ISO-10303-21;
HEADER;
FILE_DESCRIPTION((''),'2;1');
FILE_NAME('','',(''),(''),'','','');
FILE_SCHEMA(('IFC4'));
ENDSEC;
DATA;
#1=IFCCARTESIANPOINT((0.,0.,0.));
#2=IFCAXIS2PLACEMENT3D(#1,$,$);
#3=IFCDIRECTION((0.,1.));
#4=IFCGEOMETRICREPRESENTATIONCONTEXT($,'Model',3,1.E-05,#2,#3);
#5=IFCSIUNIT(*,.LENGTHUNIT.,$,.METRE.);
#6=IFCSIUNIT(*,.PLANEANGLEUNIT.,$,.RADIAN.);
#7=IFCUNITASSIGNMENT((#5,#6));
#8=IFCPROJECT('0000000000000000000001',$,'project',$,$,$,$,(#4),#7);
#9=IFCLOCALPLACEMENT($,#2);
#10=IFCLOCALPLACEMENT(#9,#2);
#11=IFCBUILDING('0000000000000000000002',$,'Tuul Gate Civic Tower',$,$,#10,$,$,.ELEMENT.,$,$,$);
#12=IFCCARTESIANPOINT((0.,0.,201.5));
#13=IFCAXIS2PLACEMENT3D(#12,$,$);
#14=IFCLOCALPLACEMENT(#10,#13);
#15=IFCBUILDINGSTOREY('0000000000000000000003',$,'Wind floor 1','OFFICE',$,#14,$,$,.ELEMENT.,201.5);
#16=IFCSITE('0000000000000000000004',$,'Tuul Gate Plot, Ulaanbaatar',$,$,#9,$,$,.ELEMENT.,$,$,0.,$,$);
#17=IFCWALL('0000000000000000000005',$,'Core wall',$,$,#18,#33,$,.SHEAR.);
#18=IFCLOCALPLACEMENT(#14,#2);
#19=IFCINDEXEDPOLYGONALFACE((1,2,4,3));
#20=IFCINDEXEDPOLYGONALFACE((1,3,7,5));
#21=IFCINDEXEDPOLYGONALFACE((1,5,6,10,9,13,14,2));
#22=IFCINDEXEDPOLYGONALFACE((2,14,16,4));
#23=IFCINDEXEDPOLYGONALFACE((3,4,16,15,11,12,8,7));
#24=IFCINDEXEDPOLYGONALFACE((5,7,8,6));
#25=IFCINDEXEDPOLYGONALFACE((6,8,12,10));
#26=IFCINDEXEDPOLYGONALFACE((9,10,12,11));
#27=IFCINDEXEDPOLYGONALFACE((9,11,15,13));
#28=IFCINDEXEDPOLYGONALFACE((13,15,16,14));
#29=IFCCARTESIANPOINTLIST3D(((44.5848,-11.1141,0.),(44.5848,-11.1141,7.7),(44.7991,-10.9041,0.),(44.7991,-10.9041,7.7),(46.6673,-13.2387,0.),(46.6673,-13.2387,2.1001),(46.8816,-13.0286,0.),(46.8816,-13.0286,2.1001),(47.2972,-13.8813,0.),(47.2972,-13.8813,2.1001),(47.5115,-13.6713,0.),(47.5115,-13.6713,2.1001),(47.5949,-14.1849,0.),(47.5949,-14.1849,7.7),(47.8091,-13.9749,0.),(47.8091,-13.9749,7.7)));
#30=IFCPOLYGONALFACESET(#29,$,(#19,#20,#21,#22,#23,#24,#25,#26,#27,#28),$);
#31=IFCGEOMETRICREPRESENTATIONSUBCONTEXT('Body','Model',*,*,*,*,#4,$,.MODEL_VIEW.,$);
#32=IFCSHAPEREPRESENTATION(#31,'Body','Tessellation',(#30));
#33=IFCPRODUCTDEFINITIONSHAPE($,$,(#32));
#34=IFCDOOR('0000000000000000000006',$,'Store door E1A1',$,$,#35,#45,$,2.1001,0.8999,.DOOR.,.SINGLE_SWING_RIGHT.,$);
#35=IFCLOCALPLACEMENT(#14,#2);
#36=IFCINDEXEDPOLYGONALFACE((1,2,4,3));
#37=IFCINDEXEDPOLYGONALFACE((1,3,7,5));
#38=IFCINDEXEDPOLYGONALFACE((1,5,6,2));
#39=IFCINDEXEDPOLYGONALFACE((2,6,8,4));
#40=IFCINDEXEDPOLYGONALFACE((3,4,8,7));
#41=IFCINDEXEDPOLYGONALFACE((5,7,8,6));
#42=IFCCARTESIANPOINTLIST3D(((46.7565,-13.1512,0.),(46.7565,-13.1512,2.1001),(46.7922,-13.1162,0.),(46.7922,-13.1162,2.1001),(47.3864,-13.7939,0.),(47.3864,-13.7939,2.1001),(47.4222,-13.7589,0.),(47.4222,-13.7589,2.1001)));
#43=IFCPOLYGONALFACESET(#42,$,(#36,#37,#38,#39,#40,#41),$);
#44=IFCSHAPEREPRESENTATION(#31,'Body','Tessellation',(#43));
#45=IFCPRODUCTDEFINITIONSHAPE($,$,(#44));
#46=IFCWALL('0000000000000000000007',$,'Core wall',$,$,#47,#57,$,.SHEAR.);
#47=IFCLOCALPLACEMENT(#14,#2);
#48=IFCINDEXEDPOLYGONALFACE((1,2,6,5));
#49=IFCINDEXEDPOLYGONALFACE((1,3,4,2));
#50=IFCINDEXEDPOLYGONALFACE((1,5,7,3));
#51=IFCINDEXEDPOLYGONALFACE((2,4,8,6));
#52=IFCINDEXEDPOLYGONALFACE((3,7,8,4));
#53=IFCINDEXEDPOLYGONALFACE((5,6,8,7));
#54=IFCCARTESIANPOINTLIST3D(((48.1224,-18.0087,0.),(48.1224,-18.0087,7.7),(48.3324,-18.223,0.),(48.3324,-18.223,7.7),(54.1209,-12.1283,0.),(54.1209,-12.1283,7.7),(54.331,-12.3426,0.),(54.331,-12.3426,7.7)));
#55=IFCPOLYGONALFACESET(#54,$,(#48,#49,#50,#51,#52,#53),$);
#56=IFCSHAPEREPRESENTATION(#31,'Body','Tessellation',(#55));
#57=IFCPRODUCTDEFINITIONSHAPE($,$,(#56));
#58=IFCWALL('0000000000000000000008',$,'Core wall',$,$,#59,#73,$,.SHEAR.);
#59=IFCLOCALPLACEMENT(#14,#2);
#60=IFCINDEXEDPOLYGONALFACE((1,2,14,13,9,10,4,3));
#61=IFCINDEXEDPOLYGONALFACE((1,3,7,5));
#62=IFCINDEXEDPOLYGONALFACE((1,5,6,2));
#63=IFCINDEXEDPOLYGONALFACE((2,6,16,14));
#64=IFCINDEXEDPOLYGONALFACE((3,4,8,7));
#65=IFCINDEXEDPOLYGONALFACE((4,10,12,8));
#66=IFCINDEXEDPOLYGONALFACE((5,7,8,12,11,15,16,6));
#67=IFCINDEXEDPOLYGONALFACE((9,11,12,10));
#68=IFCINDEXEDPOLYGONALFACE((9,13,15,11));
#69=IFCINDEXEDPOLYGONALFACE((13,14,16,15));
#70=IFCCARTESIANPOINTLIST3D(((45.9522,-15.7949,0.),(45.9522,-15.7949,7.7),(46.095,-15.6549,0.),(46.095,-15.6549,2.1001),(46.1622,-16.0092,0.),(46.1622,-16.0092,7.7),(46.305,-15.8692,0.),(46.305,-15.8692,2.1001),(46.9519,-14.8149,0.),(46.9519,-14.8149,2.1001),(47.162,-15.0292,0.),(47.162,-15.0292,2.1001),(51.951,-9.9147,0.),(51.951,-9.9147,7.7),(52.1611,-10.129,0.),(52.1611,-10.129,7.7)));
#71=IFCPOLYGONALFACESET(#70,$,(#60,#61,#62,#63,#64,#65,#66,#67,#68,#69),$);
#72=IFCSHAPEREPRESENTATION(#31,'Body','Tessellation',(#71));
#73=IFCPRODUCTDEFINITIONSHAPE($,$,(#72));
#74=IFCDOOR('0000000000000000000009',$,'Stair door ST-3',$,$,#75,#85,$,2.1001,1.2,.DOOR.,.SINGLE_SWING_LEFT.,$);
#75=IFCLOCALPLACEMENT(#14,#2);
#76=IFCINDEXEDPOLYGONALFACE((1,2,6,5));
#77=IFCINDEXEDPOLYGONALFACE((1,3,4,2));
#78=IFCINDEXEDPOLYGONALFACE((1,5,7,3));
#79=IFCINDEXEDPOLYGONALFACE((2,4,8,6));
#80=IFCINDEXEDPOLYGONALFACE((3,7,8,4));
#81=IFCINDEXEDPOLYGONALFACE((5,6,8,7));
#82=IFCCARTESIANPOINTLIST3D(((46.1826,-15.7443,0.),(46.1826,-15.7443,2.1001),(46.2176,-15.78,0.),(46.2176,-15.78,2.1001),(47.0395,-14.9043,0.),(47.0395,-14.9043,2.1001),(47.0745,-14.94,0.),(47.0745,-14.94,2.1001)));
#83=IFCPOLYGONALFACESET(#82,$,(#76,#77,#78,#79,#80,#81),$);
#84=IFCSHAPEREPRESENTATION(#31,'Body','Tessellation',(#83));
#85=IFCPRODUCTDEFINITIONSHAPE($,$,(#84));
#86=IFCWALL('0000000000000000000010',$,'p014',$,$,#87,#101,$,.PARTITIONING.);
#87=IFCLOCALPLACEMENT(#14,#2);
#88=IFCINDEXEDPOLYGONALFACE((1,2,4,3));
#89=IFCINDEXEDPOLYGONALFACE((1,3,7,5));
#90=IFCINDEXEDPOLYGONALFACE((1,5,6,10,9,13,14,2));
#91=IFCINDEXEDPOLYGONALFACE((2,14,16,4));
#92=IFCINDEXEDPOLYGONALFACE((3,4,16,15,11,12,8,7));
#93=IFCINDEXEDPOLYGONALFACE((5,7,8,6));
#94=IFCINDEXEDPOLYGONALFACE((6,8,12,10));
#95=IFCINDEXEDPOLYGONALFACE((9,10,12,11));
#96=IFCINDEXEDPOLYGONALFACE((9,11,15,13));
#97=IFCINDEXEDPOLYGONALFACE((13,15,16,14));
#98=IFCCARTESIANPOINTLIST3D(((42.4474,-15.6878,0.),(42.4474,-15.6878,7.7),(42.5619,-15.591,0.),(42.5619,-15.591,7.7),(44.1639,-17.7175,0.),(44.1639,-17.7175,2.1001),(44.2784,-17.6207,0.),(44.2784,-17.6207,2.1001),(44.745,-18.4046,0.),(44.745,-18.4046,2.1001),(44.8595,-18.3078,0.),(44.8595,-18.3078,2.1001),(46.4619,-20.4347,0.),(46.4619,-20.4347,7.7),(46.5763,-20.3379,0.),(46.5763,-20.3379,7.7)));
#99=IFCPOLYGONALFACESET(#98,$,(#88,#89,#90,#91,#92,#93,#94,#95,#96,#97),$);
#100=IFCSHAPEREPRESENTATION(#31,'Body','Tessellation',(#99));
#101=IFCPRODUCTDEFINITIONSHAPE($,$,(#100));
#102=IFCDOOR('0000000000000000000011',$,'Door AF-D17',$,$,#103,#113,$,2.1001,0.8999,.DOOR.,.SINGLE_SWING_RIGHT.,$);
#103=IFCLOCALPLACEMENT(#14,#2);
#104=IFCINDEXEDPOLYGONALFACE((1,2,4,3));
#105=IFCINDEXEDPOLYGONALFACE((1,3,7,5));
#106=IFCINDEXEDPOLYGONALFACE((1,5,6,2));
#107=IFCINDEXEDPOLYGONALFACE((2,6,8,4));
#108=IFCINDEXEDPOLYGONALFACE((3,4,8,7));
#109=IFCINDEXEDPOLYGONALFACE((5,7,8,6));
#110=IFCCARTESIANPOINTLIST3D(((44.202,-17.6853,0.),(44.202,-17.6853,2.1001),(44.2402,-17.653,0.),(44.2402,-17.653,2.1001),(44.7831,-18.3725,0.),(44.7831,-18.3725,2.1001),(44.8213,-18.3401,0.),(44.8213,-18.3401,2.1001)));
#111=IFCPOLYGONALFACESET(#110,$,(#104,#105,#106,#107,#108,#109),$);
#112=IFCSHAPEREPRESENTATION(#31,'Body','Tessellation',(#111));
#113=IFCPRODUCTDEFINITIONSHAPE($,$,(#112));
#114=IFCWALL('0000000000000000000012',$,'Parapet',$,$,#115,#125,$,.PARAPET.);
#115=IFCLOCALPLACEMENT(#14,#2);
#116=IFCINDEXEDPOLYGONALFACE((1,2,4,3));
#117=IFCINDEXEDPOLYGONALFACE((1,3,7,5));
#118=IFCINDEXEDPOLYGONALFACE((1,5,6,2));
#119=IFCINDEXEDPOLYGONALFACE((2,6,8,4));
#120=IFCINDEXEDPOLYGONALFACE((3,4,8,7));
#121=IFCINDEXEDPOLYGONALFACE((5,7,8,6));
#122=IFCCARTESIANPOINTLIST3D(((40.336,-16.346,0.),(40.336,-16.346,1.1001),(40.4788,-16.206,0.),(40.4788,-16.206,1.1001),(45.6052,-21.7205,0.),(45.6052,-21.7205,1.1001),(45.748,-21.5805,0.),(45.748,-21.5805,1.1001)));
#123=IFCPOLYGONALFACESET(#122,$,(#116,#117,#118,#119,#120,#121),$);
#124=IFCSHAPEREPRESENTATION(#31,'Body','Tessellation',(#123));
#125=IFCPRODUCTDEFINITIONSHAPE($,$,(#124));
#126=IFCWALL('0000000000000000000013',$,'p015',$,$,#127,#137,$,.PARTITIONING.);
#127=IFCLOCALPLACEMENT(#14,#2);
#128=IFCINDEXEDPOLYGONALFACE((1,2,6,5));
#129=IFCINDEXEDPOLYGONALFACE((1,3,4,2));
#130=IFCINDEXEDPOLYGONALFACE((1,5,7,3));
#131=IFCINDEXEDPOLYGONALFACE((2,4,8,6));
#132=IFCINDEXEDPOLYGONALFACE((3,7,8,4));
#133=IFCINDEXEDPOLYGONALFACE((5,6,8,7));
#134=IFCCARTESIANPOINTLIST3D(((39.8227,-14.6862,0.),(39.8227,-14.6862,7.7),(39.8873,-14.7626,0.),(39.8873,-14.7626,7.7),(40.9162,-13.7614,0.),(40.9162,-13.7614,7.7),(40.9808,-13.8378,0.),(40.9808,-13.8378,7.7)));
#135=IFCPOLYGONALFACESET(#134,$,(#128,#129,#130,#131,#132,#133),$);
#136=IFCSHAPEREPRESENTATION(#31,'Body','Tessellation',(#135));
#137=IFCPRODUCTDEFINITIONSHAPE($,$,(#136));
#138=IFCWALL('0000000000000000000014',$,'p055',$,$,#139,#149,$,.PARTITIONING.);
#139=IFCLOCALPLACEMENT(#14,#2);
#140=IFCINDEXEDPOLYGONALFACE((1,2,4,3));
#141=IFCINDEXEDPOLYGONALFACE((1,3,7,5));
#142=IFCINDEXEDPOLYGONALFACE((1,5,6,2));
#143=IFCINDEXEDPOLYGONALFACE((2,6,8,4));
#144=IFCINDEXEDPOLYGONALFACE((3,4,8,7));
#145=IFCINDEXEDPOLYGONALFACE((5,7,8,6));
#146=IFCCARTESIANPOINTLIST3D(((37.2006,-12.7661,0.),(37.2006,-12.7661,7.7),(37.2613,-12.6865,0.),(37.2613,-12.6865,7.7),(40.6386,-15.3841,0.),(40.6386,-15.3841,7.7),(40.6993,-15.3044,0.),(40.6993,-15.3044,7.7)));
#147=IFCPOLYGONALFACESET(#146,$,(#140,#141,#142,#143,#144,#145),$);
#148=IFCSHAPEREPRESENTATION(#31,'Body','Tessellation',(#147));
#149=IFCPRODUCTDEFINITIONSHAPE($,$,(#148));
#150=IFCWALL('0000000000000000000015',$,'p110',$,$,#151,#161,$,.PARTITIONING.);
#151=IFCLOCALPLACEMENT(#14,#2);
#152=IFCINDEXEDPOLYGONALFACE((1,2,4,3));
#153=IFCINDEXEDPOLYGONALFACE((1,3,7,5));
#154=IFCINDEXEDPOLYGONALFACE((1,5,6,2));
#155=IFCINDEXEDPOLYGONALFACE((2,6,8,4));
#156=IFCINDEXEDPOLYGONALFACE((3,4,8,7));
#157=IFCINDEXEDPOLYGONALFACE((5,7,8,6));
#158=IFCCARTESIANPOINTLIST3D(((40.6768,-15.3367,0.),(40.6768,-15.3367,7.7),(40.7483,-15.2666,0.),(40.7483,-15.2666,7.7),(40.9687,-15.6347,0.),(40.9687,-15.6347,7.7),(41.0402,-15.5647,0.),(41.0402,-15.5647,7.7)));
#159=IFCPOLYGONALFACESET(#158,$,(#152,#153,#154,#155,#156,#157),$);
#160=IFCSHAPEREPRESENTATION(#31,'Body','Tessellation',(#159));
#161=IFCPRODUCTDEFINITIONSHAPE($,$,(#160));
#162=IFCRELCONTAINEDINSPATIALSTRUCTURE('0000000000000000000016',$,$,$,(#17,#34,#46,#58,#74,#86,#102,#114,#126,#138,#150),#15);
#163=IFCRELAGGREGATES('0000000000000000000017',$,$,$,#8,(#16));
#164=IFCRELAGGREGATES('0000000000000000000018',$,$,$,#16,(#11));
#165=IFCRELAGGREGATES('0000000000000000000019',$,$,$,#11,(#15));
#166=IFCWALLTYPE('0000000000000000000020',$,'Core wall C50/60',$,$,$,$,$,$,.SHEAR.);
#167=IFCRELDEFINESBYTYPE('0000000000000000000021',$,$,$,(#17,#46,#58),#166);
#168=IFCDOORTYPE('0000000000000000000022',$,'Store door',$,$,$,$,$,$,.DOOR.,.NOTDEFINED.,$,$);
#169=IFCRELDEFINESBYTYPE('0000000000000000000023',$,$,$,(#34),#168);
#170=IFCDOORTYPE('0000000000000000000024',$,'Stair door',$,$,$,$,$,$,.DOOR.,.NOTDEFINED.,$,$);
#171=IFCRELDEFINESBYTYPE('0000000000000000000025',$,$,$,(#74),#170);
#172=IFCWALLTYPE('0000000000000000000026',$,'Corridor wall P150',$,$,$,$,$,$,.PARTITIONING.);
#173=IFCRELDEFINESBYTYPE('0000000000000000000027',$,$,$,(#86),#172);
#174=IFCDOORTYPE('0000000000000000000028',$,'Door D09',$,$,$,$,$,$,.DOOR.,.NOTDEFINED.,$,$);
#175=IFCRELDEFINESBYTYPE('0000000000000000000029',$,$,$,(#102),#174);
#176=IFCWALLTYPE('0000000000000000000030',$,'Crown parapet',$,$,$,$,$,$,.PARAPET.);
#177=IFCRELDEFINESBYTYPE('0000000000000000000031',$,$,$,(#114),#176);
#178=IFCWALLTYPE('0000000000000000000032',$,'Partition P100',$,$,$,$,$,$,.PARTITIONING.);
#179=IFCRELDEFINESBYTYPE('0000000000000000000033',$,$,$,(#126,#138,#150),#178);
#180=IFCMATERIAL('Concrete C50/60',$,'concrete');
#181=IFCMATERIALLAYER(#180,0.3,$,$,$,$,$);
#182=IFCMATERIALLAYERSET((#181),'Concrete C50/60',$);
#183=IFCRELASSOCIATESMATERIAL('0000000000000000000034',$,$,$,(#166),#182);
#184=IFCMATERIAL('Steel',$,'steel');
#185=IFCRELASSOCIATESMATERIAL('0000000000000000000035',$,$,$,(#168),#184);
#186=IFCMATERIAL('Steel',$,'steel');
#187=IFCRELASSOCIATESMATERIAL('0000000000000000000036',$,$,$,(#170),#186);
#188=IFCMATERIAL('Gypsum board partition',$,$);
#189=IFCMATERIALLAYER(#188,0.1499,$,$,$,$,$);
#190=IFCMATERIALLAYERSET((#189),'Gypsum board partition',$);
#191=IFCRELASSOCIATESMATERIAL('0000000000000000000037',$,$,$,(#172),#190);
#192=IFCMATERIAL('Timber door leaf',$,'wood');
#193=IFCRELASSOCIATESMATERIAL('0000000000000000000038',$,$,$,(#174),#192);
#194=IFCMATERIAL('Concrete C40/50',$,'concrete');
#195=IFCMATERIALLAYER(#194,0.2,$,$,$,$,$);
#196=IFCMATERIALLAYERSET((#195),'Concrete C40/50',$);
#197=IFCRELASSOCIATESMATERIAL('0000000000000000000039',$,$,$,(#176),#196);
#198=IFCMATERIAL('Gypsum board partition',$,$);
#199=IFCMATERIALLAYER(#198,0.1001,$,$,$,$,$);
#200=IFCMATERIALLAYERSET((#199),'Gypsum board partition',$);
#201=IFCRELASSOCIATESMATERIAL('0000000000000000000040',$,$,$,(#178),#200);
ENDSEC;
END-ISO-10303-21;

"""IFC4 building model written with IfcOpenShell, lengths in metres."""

from ifc_helpers import new_model, si_unit, direction, frame, frame_2d, origin, place, context, subcontext, project, spatial, rectangle, extrude, material, layer, layer_set, type_object, element, fill, save


model = new_model("IFC4")

# Units and contexts
model_context = context("Model", 3, precision=1e-05, world=origin(), true_north=direction((0.0, 1.0)))
body_context = subcontext(model_context, "Body", "Model", "MODEL_VIEW")
ifc_project = project(units=[si_unit("LENGTHUNIT", "METRE"), si_unit("PLANEANGLEUNIT", "RADIAN")], contexts=[model_context])

# Site, building, storey
site_placement = place(None, origin())
site = spatial("IfcSite", under=ifc_project, at=site_placement, Name="Tuul Gate Plot, Ulaanbaatar", CompositionType="ELEMENT", RefElevation=0.0)
building_placement = place(site_placement, origin())
building = spatial("IfcBuilding", under=site, at=building_placement, Name="Tuul Gate Civic Tower", CompositionType="ELEMENT")
storey_placement = place(building_placement, frame((0.0, 0.0, 201.5)))
storey = spatial("IfcBuildingStorey", under=building, at=storey_placement, Name="Wind floor 1", Description="OFFICE", CompositionType="ELEMENT", Elevation=201.5)

# Wall, opening, door
ifc_material_1 = material(Name="Concrete C50/60", Category="concrete")
ifc_layer_1 = layer(ifc_material_1, 0.3)
ifc_layer_set_1 = layer_set([ifc_layer_1], Name="Concrete C50/60")
wall_type_1 = type_object("IfcWallType", Name="Core wall C50/60", PredefinedType="SHEAR", material=ifc_layer_set_1)
wall_1_placement = place(storey_placement, frame((47.7019, -14.0798, 0.0), z_axis=(0.0, 0.0, 1.0), x_axis=(-0.700003, 0.71414, 0.0)))
wall_1 = element("IfcWall", 1, at=wall_1_placement, inside=storey, type_object=wall_type_1, Name="Core wall", PredefinedType="SHEAR", context=body_context, shape_type="SweptSolid", body=[
    extrude(rectangle(XDim=4.3, YDim=0.3, at=frame_2d((2.1499, 0.0))), origin(), (0.0, 0.0, 1.0), 7.7),
])
opening_1_placement = place(wall_1_placement, frame((0.425, 0.0, 0.0)))
opening_1 = element("IfcOpeningElement", 2, at=opening_1_placement, cuts=wall_1, PredefinedType="OPENING", context=body_context, shape_type="SweptSolid", body=[
    extrude(rectangle(XDim=0.8999, YDim=2.1001, at=frame_2d((0.45, 1.05))), frame((0.0, 0.1602, 0.0), z_axis=(0.0, -1.0, 0.0), x_axis=(1.0, 0.0, 0.0)), (0.0, 0.0, 1.0), 0.3201),
])
ifc_material_2 = material(Name="Steel", Category="steel")
door_type_1 = type_object("IfcDoorType", Name="Store door", OperationType="NOTDEFINED", PredefinedType="DOOR", material=ifc_material_2)
door_1_placement = place(opening_1_placement, frame((0.8999, 0.0, 0.0), z_axis=(0.0, 0.0, 1.0), x_axis=(-1.0, 0.0, 0.0)))
door_1 = element("IfcDoor", 3, at=door_1_placement, inside=storey, type_object=door_type_1, Name="Store door E1A1", OperationType="SINGLE_SWING_RIGHT", OverallHeight=2.1001, OverallWidth=0.8999, PredefinedType="DOOR", context=body_context, shape_type="SweptSolid", body=[
    extrude(rectangle(XDim=0.8999, YDim=2.1001, at=frame_2d((0.45, 1.05))), frame((0.0, 0.0249, 0.0), z_axis=(0.0, -1.0, 0.0), x_axis=(1.0, 0.0, 0.0)), (0.0, 0.0, 1.0), 0.05),
])
fill(opening_1, door_1)

# Wall
wall_2_placement = place(storey_placement, frame((48.2273, -18.116, 0.0), z_axis=(0.0, 0.0, 1.0), x_axis=(0.714105, 0.700038, 0.0)))
element("IfcWall", 4, at=wall_2_placement, inside=storey, type_object=wall_type_1, Name="Core wall", PredefinedType="SHEAR", context=body_context, shape_type="SweptSolid", body=[
    extrude(rectangle(XDim=8.4001, YDim=0.3, at=frame_2d((4.2002, 0.0))), origin(), (0.0, 0.0, 1.0), 7.7),
])

# Walls, openings, doors
wall_3_placement = place(storey_placement, frame((46.0571, -15.9021, 0.0), z_axis=(0.0, 0.0, 1.0), x_axis=(0.714134, 0.700009, 0.0)))
wall_3 = element("IfcWall", 5, at=wall_3_placement, inside=storey, type_object=wall_type_1, Name="Core wall", PredefinedType="SHEAR", context=body_context, shape_type="SweptSolid", body=[
    extrude(rectangle(XDim=8.4001, YDim=0.3, at=frame_2d((4.2002, 0.0))), origin(), (0.0, 0.0, 1.0), 7.7),
])
opening_2_placement = place(wall_3_placement, frame((0.2, 0.0, 0.0)))
opening_2 = element("IfcOpeningElement", 6, at=opening_2_placement, cuts=wall_3, PredefinedType="OPENING", context=body_context, shape_type="SweptSolid", body=[
    extrude(rectangle(XDim=1.2, YDim=2.1001, at=frame_2d((0.6001, 1.05))), frame((0.0, 0.1602, 0.0), z_axis=(0.0, -1.0, 0.0), x_axis=(1.0, 0.0, 0.0)), (0.0, 0.0, 1.0), 0.3201),
])
ifc_material_3 = material(Name="Steel", Category="steel")
door_type_2 = type_object("IfcDoorType", Name="Stair door", OperationType="NOTDEFINED", PredefinedType="DOOR", material=ifc_material_3)
door_2_placement = place(opening_2_placement, origin())
door_2 = element("IfcDoor", 7, at=door_2_placement, inside=storey, type_object=door_type_2, Name="Stair door ST-3", OperationType="SINGLE_SWING_LEFT", OverallHeight=2.1001, OverallWidth=1.2, PredefinedType="DOOR", context=body_context, shape_type="SweptSolid", body=[
    extrude(rectangle(XDim=1.2, YDim=2.1001, at=frame_2d((0.6001, 1.05))), frame((0.0, 0.0249, 0.0), z_axis=(0.0, -1.0, 0.0), x_axis=(1.0, 0.0, 0.0)), (0.0, 0.0, 1.0), 0.05),
])
fill(opening_2, door_2)
ifc_material_4 = material(Name="Gypsum board partition")
ifc_layer_2 = layer(ifc_material_4, 0.1499)
ifc_layer_set_2 = layer_set([ifc_layer_2], Name="Gypsum board partition")
wall_type_2 = type_object("IfcWallType", Name="Corridor wall P150", PredefinedType="PARTITIONING", material=ifc_layer_set_2)
wall_4_placement = place(storey_placement, frame((42.5046, -15.6394, 0.0), z_axis=(0.0, 0.0, 1.0), x_axis=(0.645742, -0.763556, 0.0)))
wall_4 = element("IfcWall", 8, at=wall_4_placement, inside=storey, type_object=wall_type_2, Name="p014", PredefinedType="PARTITIONING", context=body_context, shape_type="SweptSolid", body=[
    extrude(rectangle(XDim=6.2168, YDim=0.1499, at=frame_2d((3.1084, 0.0))), origin(), (0.0, 0.0, 1.0), 7.7),
])
opening_3_placement = place(wall_4_placement, frame((2.6582, 0.0, 0.0)))
opening_3 = element("IfcOpeningElement", 9, at=opening_3_placement, cuts=wall_4, PredefinedType="OPENING", context=body_context, shape_type="SweptSolid", body=[
    extrude(rectangle(XDim=0.8999, YDim=2.1001, at=frame_2d((0.45, 1.05))), frame((0.0, 0.085, 0.0), z_axis=(0.0, -1.0, 0.0), x_axis=(1.0, 0.0, 0.0)), (0.0, 0.0, 1.0), 0.1699),
])
ifc_material_5 = material(Name="Timber door leaf", Category="wood")
door_type_3 = type_object("IfcDoorType", Name="Door D09", OperationType="NOTDEFINED", PredefinedType="DOOR", material=ifc_material_5)
door_3_placement = place(opening_3_placement, origin())
door_3 = element("IfcDoor", 10, at=door_3_placement, inside=storey, type_object=door_type_3, Name="Door AF-D17", OperationType="SINGLE_SWING_RIGHT", OverallHeight=2.1001, OverallWidth=0.8999, PredefinedType="DOOR", context=body_context, shape_type="SweptSolid", body=[
    extrude(rectangle(XDim=0.8999, YDim=2.1001, at=frame_2d((0.45, 1.05))), frame((0.0, 0.0249, 0.0), z_axis=(0.0, -1.0, 0.0), x_axis=(1.0, 0.0, 0.0)), (0.0, 0.0, 1.0), 0.05),
])
fill(opening_3, door_3)

# Walls
ifc_material_6 = material(Name="Concrete C40/50", Category="concrete")
ifc_layer_3 = layer(ifc_material_6, 0.2)
ifc_layer_set_3 = layer_set([ifc_layer_3], Name="Concrete C40/50")
wall_type_3 = type_object("IfcWallType", Name="Crown parapet", PredefinedType="PARAPET", material=ifc_layer_set_3)
wall_5_placement = place(storey_placement, frame((40.4075, -16.2761, 0.0), z_axis=(0.0, 0.0, 1.0), x_axis=(0.700082, -0.714062, 0.0)))
element("IfcWall", 11, at=wall_5_placement, inside=storey, type_object=wall_type_3, Name="Parapet", PredefinedType="PARAPET", context=body_context, shape_type="SweptSolid", body=[
    extrude(rectangle(XDim=7.5266, YDim=0.2, at=frame_2d((3.7632, 0.0))), origin(), (0.0, 0.0, 1.0), 1.1001),
])
ifc_material_7 = material(Name="Gypsum board partition")
ifc_layer_4 = layer(ifc_material_7, 0.1001)
ifc_layer_set_4 = layer_set([ifc_layer_4], Name="Gypsum board partition")
wall_type_4 = type_object("IfcWallType", Name="Partition P100", PredefinedType="PARTITIONING", material=ifc_layer_set_4)
wall_6_placement = place(storey_placement, frame((39.855, -14.7244, 0.0), z_axis=(0.0, 0.0, 1.0), x_axis=(0.763548, 0.645751, 0.0)))
element("IfcWall", 12, at=wall_6_placement, inside=storey, type_object=wall_type_4, Name="p015", PredefinedType="PARTITIONING", context=body_context, shape_type="SweptSolid", body=[
    extrude(rectangle(XDim=1.4321, YDim=0.1001, at=frame_2d((0.7161, 0.0))), origin(), (0.0, 0.0, 1.0), 7.7),
])
wall_7_placement = place(storey_placement, frame((40.6689, -15.3442, 0.0), z_axis=(0.0, 0.0, 1.0), x_axis=(-0.795599, 0.605824, 0.0)))
element("IfcWall", 13, at=wall_7_placement, inside=storey, type_object=wall_type_4, Name="p055", PredefinedType="PARTITIONING", context=body_context, shape_type="SweptSolid", body=[
    extrude(rectangle(XDim=4.3213, YDim=0.1001, at=frame_2d((2.1606, 0.0))), origin(), (0.0, 0.0, 1.0), 7.7),
])
wall_8_placement = place(storey_placement, frame((41.0044, -15.5996, 0.0), z_axis=(0.0, 0.0, 1.0), x_axis=(-0.699755, 0.714382, 0.0)))
element("IfcWall", 14, at=wall_8_placement, inside=storey, type_object=wall_type_4, Name="p110", PredefinedType="PARTITIONING", context=body_context, shape_type="SweptSolid", body=[
    extrude(rectangle(XDim=0.4172, YDim=0.1001, at=frame_2d((0.2085, 0.0))), origin(), (0.0, 0.0, 1.0), 7.7),
])

save(model, "model.ifc")
